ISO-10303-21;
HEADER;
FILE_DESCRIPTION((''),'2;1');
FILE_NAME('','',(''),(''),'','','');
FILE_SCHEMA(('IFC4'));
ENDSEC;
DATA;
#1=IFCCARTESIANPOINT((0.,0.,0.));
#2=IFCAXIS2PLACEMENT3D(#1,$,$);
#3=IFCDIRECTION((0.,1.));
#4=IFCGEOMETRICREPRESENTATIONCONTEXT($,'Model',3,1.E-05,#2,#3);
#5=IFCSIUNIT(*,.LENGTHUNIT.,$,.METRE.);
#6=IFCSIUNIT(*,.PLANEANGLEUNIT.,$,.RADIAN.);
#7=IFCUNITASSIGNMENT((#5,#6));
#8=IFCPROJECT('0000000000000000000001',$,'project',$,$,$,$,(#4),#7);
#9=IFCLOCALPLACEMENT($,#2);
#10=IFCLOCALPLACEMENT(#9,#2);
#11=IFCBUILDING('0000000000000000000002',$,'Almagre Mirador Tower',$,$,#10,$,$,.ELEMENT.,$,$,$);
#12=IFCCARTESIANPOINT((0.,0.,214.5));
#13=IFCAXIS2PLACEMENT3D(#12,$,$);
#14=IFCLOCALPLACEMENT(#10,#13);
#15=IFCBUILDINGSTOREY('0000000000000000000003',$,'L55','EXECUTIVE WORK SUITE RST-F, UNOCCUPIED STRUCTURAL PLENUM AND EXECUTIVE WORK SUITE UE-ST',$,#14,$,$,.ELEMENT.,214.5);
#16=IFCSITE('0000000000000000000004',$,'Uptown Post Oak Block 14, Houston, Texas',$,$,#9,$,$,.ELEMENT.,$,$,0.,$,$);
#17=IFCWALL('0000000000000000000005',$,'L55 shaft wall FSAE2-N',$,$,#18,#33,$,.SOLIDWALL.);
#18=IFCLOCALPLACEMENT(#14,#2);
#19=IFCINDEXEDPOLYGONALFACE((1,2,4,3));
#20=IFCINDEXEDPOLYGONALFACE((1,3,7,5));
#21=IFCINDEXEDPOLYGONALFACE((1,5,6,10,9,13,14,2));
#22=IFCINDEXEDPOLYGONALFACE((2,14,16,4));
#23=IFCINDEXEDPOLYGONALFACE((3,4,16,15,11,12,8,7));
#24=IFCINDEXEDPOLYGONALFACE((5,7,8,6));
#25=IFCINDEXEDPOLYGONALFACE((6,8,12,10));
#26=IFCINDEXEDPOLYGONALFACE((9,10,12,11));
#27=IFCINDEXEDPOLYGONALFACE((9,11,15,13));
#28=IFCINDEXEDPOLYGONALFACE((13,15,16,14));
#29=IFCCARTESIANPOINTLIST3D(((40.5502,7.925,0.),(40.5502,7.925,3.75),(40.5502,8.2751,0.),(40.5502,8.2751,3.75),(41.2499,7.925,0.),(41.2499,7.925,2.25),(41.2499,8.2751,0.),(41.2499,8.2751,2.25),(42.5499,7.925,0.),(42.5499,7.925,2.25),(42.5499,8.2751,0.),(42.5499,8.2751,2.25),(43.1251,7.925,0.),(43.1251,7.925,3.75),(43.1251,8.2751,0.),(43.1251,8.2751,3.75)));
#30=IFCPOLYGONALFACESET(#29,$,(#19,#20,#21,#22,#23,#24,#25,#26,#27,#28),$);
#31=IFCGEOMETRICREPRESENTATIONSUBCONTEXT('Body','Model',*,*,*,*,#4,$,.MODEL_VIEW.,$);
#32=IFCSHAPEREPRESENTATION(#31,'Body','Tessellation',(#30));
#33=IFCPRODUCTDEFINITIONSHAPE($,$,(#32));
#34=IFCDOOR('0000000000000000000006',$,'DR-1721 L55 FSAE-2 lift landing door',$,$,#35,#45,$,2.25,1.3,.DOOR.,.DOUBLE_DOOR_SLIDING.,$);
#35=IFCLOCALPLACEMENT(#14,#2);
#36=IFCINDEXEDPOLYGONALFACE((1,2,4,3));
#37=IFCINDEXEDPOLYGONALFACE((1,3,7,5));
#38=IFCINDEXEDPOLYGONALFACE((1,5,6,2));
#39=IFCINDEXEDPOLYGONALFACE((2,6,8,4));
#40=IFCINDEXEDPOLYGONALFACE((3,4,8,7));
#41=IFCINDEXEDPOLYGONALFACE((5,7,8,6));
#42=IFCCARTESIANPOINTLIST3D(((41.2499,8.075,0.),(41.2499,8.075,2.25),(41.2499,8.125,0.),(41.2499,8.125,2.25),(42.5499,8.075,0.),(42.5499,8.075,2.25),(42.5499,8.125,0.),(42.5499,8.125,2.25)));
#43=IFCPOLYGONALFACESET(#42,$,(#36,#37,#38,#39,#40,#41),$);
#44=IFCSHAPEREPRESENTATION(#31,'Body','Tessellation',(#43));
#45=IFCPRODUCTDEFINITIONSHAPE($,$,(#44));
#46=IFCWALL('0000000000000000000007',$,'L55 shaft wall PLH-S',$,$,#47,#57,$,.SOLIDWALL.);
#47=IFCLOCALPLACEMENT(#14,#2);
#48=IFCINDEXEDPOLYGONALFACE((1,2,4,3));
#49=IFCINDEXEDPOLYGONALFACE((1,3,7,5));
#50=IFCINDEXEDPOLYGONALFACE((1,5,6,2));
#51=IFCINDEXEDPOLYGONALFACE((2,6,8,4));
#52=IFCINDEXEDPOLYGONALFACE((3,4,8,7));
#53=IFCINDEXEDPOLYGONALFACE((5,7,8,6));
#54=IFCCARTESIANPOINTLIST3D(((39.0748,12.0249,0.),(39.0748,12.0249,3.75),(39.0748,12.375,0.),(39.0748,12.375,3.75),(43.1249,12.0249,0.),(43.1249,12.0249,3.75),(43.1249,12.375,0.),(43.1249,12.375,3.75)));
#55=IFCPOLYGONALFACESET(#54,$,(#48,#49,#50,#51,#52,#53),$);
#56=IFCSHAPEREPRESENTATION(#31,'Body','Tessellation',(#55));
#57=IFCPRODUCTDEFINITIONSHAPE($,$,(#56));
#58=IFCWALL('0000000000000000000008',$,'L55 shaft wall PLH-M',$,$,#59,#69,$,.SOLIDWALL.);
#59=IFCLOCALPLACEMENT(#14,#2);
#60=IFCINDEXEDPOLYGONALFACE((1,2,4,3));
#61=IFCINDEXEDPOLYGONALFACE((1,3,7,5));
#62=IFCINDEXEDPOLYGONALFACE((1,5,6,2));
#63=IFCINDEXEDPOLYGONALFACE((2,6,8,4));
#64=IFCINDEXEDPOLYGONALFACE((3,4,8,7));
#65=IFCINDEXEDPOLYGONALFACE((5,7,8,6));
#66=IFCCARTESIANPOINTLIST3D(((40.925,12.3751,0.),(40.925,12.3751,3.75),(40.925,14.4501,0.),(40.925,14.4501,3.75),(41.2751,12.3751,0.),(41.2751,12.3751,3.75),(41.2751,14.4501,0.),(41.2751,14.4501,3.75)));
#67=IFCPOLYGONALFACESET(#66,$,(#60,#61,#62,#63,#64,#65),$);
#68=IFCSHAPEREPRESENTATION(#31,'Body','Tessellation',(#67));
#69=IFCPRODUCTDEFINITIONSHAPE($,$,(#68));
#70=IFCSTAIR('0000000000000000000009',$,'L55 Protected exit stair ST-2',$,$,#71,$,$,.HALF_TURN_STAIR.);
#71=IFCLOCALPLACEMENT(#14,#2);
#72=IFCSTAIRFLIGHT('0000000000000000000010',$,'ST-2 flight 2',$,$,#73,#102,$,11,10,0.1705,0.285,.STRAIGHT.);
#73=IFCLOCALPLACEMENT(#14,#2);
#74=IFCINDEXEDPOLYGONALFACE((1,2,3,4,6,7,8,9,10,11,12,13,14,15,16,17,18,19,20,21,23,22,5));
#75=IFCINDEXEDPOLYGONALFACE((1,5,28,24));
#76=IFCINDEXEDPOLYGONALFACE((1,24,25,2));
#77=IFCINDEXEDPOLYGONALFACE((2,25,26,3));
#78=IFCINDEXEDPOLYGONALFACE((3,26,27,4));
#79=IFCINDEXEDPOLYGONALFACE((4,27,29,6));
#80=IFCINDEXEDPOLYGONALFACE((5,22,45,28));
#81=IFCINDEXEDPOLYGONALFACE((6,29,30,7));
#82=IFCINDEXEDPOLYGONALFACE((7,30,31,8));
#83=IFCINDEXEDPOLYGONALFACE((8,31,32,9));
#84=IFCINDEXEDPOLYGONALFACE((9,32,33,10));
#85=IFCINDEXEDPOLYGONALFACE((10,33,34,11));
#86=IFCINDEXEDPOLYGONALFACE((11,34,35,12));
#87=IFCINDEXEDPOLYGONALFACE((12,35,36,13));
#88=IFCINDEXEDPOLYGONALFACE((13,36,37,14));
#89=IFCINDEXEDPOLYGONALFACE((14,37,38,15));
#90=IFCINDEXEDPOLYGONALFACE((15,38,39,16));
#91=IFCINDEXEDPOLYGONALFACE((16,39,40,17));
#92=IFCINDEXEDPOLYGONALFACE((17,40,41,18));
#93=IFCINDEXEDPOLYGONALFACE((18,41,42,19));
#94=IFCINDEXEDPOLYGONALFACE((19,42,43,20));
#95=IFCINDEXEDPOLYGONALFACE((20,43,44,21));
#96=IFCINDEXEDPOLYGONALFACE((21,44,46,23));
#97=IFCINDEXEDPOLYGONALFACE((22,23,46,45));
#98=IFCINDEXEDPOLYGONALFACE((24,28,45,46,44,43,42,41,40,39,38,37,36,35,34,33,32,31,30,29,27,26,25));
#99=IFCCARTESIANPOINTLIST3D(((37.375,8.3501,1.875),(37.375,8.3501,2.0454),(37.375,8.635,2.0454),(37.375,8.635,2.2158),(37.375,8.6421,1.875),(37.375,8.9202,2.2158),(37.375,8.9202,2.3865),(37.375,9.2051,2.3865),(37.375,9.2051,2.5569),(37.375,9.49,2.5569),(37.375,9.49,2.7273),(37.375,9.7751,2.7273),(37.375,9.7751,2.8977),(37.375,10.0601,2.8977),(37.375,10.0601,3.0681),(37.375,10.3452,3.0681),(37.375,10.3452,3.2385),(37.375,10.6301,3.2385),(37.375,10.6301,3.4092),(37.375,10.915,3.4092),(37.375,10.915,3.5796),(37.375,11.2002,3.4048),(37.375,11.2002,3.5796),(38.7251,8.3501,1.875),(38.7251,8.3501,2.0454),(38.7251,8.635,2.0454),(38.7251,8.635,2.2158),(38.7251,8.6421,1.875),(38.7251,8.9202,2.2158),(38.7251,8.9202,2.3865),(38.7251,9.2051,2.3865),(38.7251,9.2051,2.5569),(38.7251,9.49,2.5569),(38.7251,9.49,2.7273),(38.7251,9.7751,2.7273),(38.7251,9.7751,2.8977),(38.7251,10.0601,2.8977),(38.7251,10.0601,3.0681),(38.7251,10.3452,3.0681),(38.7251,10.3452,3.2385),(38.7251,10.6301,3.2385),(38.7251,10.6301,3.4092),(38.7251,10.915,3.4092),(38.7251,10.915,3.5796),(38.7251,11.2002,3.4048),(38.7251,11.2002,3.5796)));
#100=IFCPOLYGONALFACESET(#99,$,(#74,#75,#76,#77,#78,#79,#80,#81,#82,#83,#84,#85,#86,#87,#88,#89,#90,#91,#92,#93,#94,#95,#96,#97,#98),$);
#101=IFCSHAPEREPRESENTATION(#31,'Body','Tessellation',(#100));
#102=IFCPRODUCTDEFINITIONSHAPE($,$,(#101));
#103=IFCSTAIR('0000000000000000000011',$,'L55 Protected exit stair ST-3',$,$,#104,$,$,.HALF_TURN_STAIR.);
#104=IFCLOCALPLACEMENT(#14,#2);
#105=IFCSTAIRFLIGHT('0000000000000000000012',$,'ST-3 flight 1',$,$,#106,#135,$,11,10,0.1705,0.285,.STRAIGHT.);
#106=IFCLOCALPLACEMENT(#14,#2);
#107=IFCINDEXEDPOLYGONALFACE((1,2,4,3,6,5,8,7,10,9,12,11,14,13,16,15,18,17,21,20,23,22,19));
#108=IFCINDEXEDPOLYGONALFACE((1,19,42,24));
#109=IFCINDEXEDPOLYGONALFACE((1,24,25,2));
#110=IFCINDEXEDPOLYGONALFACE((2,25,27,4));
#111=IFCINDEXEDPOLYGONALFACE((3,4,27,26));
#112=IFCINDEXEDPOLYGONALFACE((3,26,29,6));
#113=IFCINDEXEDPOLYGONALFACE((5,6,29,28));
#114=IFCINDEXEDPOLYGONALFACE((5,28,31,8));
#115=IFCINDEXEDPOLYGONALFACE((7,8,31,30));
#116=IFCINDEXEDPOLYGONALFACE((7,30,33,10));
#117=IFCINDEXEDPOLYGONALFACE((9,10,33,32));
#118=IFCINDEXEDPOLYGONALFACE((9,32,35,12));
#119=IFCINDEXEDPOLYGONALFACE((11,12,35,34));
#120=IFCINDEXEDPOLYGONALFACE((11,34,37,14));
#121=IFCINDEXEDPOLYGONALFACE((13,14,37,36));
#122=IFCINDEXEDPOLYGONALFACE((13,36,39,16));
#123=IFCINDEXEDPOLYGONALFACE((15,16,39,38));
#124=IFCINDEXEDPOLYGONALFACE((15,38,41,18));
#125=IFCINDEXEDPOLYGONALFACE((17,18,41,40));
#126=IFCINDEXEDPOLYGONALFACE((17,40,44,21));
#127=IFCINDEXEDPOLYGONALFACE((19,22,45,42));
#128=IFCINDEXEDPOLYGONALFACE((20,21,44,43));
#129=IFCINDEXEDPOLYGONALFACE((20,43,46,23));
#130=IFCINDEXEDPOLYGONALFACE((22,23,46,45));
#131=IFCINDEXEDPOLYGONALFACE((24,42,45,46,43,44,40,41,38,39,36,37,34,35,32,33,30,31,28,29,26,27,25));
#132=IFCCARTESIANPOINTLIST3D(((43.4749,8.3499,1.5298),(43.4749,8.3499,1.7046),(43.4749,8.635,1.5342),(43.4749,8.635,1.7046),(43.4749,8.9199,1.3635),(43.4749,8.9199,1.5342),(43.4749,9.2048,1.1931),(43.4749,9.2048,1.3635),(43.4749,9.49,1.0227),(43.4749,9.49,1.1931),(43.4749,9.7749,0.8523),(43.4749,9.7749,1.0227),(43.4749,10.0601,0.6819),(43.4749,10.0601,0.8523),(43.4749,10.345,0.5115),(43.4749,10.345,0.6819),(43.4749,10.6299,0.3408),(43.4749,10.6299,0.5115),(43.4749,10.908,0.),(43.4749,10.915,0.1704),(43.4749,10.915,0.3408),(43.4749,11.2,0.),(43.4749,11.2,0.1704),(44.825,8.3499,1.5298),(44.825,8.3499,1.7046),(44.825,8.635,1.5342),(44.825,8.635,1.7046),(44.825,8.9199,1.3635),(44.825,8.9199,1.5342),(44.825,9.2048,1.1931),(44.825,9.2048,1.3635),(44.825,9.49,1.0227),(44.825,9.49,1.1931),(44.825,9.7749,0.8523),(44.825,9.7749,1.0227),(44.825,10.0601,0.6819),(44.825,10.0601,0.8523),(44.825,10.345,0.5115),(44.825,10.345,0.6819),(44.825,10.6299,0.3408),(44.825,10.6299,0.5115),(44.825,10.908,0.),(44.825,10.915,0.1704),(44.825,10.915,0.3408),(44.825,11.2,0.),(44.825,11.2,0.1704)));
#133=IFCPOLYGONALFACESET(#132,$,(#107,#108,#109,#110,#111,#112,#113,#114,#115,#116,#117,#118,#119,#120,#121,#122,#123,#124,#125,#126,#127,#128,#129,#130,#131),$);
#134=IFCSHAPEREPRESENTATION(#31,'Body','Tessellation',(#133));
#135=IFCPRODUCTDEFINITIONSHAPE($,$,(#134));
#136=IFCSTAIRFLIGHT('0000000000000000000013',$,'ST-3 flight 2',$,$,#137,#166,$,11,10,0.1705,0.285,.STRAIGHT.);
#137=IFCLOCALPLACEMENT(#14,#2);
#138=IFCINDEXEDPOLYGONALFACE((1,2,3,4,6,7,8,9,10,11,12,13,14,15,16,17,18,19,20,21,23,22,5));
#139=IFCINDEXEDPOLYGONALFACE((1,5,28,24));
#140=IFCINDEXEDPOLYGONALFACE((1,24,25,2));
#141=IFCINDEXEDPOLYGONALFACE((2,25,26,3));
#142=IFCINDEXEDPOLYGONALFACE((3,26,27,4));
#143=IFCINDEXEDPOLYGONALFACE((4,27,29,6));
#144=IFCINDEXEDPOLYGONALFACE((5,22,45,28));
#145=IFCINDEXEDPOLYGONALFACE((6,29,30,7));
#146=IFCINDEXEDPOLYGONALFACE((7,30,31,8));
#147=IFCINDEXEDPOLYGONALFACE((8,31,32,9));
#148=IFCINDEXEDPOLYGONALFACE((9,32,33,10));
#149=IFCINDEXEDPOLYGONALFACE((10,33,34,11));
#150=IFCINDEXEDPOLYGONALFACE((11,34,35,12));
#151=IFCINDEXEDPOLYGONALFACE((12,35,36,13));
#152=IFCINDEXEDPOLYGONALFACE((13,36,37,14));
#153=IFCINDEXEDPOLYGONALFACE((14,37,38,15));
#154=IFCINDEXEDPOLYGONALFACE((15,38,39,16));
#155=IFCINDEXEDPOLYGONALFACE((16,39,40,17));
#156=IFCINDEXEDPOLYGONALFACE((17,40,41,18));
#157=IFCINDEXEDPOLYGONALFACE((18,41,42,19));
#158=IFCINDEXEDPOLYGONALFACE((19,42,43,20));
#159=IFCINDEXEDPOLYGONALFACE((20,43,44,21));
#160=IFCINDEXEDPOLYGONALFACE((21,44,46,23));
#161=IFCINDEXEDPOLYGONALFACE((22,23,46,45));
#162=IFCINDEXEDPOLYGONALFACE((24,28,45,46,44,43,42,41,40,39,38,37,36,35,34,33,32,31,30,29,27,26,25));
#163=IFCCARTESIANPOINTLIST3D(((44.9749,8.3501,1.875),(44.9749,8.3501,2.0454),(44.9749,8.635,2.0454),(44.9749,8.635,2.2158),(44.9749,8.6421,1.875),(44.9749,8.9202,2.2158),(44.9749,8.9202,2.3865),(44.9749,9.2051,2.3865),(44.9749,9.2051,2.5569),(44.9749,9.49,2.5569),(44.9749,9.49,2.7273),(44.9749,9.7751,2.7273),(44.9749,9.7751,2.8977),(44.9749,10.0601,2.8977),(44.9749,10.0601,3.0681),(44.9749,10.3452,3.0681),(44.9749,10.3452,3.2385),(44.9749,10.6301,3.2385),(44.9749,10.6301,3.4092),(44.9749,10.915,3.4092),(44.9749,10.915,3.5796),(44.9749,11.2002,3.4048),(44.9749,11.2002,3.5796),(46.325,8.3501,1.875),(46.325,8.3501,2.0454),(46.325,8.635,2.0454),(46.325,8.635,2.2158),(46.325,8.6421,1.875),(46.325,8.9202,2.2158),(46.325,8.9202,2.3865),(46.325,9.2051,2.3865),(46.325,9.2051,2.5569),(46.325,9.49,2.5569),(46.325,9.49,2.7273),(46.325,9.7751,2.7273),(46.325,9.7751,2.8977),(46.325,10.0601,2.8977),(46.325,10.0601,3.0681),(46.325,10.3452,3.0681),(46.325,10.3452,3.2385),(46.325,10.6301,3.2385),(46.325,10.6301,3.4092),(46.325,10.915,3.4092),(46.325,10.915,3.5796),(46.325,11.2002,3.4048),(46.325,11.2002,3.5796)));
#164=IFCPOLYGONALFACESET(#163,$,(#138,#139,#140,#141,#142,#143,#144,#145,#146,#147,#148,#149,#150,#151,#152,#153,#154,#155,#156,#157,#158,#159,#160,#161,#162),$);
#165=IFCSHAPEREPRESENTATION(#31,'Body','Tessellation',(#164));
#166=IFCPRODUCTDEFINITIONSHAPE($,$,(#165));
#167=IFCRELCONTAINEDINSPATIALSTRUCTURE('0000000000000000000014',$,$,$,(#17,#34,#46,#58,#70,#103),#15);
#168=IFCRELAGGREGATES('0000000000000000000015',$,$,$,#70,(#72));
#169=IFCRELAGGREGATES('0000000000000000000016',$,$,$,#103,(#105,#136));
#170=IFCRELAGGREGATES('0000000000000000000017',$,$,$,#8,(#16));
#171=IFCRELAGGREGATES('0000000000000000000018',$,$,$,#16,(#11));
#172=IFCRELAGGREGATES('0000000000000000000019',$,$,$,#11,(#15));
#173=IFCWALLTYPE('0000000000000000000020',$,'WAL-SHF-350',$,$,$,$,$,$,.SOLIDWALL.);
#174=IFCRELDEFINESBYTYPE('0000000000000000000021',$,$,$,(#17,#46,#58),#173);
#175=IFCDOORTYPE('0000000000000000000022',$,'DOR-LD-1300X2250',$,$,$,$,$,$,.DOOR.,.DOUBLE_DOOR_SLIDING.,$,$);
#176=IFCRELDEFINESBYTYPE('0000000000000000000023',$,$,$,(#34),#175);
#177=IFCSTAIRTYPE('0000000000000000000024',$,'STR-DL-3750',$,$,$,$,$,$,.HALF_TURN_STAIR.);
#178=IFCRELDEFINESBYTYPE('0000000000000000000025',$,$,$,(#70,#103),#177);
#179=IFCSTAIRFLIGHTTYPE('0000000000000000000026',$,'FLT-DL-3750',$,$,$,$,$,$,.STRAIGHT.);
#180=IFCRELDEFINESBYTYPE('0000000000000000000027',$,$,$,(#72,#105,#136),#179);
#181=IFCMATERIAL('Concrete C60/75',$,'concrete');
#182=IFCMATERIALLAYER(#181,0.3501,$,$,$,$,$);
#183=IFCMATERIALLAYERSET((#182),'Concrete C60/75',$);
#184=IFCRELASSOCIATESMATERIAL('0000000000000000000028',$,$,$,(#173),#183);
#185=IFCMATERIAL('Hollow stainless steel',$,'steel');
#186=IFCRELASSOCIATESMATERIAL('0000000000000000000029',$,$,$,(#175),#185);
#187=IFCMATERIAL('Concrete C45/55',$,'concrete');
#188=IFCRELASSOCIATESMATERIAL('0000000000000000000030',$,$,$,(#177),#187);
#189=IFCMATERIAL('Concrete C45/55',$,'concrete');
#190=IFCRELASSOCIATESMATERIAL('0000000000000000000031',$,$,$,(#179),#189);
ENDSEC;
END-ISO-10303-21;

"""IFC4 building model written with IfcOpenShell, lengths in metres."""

from ifc_helpers import new_model, si_unit, direction, frame, frame_2d, origin, place, context, subcontext, project, spatial, polyline, rectangle, outline, extrude, material, layer, layer_set, type_object, element, fill, aggregate, save


model = new_model("IFC4")

# Units and contexts
model_context = context("Model", 3, precision=1e-05, world=origin(), true_north=direction((0.0, 1.0)))
body_context = subcontext(model_context, "Body", "Model", "MODEL_VIEW")
ifc_project = project(units=[si_unit("LENGTHUNIT", "METRE"), si_unit("PLANEANGLEUNIT", "RADIAN")], contexts=[model_context])

# Site, building, storey
site_placement = place(None, origin())
site = spatial("IfcSite", under=ifc_project, at=site_placement, Name="Uptown Post Oak Block 14, Houston, Texas", CompositionType="ELEMENT", RefElevation=0.0)
building_placement = place(site_placement, origin())
building = spatial("IfcBuilding", under=site, at=building_placement, Name="Almagre Mirador Tower", CompositionType="ELEMENT")
storey_placement = place(building_placement, frame((0.0, 0.0, 214.5)))
storey = spatial("IfcBuildingStorey", under=building, at=storey_placement, Name="L55", Description="EXECUTIVE WORK SUITE RST-F, UNOCCUPIED STRUCTURAL PLENUM AND EXECUTIVE WORK SUITE UE-ST", CompositionType="ELEMENT", Elevation=214.5)

# Wall, opening, door
ifc_material_1 = material(Name="Concrete C60/75", Category="concrete")
ifc_layer = layer(ifc_material_1, 0.3501)
ifc_layer_set = layer_set([ifc_layer], Name="Concrete C60/75")
wall_type = type_object("IfcWallType", Name="WAL-SHF-350", PredefinedType="SOLIDWALL", material=ifc_layer_set)
wall_1_placement = place(storey_placement, frame((40.55, 8.1001, 0.0), z_axis=(0.0, 0.0, 1.0), x_axis=(1.0, 0.0, 0.0)))
wall_1 = element("IfcWall", 1, at=wall_1_placement, inside=storey, type_object=wall_type, Name="L55 shaft wall FSAE2-N", PredefinedType="SOLIDWALL", context=body_context, shape_type="SweptSolid", body=[
    extrude(rectangle(XDim=2.575, YDim=0.3501, at=frame_2d((1.2876, 0.0))), origin(), (0.0, 0.0, 1.0), 3.75),
])
opening_placement = place(wall_1_placement, frame((0.7, 0.0, 0.0)))
opening = element("IfcOpeningElement", 2, at=opening_placement, cuts=wall_1, PredefinedType="OPENING", context=body_context, shape_type="SweptSolid", body=[
    extrude(rectangle(XDim=1.3, YDim=2.25, at=frame_2d((0.6499, 1.125))), frame((0.0, 0.185, 0.0), z_axis=(0.0, -1.0, 0.0), x_axis=(1.0, 0.0, 0.0)), (0.0, 0.0, 1.0), 0.3701),
])
ifc_material_2 = material(Name="Hollow stainless steel", Category="steel")
door_type = type_object("IfcDoorType", Name="DOR-LD-1300X2250", OperationType="DOUBLE_DOOR_SLIDING", PredefinedType="DOOR", material=ifc_material_2)
door_placement = place(opening_placement, origin())
door = element("IfcDoor", 3, at=door_placement, inside=storey, type_object=door_type, Name="DR-1721 L55 FSAE-2 lift landing door", OperationType="DOUBLE_DOOR_SLIDING", OverallHeight=2.25, OverallWidth=1.3, PredefinedType="DOOR", context=body_context, shape_type="SweptSolid", body=[
    extrude(rectangle(XDim=1.3, YDim=2.25, at=frame_2d((0.6499, 1.125))), frame((0.0, 0.0249, 0.0), z_axis=(0.0, -1.0, 0.0), x_axis=(1.0, 0.0, 0.0)), (0.0, 0.0, 1.0), 0.05),
])
fill(opening, door)

# Walls
wall_2_placement = place(storey_placement, frame((39.075, 12.2, 0.0), z_axis=(0.0, 0.0, 1.0), x_axis=(1.0, 0.0, 0.0)))
element("IfcWall", 4, at=wall_2_placement, inside=storey, type_object=wall_type, Name="L55 shaft wall PLH-S", PredefinedType="SOLIDWALL", context=body_context, shape_type="SweptSolid", body=[
    extrude(rectangle(XDim=4.05, YDim=0.3501, at=frame_2d((2.0249, 0.0))), origin(), (0.0, 0.0, 1.0), 3.75),
])
wall_3_placement = place(storey_placement, frame((41.1001, 12.375, 0.0), z_axis=(0.0, 0.0, 1.0), x_axis=(0.0, 1.0, 0.0)))
element("IfcWall", 5, at=wall_3_placement, inside=storey, type_object=wall_type, Name="L55 shaft wall PLH-M", PredefinedType="SOLIDWALL", context=body_context, shape_type="SweptSolid", body=[
    extrude(rectangle(XDim=2.075, YDim=0.3501, at=frame_2d((1.0376, 0.0))), origin(), (0.0, 0.0, 1.0), 3.75),
])

# Stair, stair flight
ifc_material_3 = material(Name="Concrete C45/55", Category="concrete")
stair_type = type_object("IfcStairType", Name="STR-DL-3750", PredefinedType="HALF_TURN_STAIR", material=ifc_material_3)
stair_1_placement = place(storey_placement, origin())
stair_1 = element("IfcStair", 6, at=stair_1_placement, inside=storey, type_object=stair_type, Name="L55 Protected exit stair ST-2", PredefinedType="HALF_TURN_STAIR")
ifc_material_4 = material(Name="Concrete C45/55", Category="concrete")
stair_flight_type = type_object("IfcStairFlightType", Name="FLT-DL-3750", PredefinedType="STRAIGHT", material=ifc_material_4)
stair_flight_1_placement = place(storey_placement, frame((38.05, 8.3501, 1.875), z_axis=(0.0, 0.0, 1.0), x_axis=(0.0, 1.0, 0.0)))
stair_flight_1 = element("IfcStairFlight", 7, at=stair_flight_1_placement, type_object=stair_flight_type, Name="ST-2 flight 2", NumberOfRisers=11, NumberOfTreads=10, PredefinedType="STRAIGHT", RiserHeight=0.1705, TreadLength=0.285, context=body_context, shape_type="SweptSolid", body=[
    extrude(outline(polyline([(0.0, 0.0), (0.0, 0.1704), (0.2849, 0.1704), (0.2849, 0.3408), (0.5701, 0.3408), (0.5701, 0.5115), (0.855, 0.5115), (0.855, 0.6819), (1.1399, 0.6819), (1.1399, 0.8523), (1.425, 0.8523), (1.425, 1.0227), (1.71, 1.0227), (1.71, 1.1931), (1.9951, 1.1931), (1.9951, 1.3635), (2.28, 1.3635), (2.28, 1.5342), (2.5649, 1.5342), (2.5649, 1.7046), (2.8501, 1.7046), (2.8501, 1.875), (2.8501, 1.5298), (0.292, 0.0), (0.0, 0.0)])), frame((0.0, 0.675, 0.0), z_axis=(0.0, -1.0, 0.0), x_axis=(1.0, 0.0, 0.0)), (0.0, 0.0, 1.0), 1.3501),
])
aggregate(stair_1, [stair_flight_1])

# Stair, stair flights
stair_2_placement = place(storey_placement, origin())
stair_2 = element("IfcStair", 8, at=stair_2_placement, inside=storey, type_object=stair_type, Name="L55 Protected exit stair ST-3", PredefinedType="HALF_TURN_STAIR")
stair_flight_2_placement = place(storey_placement, frame((44.1499, 11.2, 0.0), z_axis=(0.0, 0.0, 1.0), x_axis=(0.0, -1.0, 0.0)))
stair_flight_2 = element("IfcStairFlight", 9, at=stair_flight_2_placement, type_object=stair_flight_type, Name="ST-3 flight 1", NumberOfRisers=11, NumberOfTreads=10, PredefinedType="STRAIGHT", RiserHeight=0.1705, TreadLength=0.285, context=body_context, shape_type="SweptSolid", body=[
    extrude(outline(polyline([(0.0, 0.0), (0.0, 0.1704), (0.2849, 0.1704), (0.2849, 0.3408), (0.5701, 0.3408), (0.5701, 0.5115), (0.855, 0.5115), (0.855, 0.6819), (1.1399, 0.6819), (1.1399, 0.8523), (1.425, 0.8523), (1.425, 1.0227), (1.71, 1.0227), (1.71, 1.1931), (1.9951, 1.1931), (1.9951, 1.3635), (2.28, 1.3635), (2.28, 1.5342), (2.5649, 1.5342), (2.5649, 1.7046), (2.8501, 1.7046), (2.8501, 1.875), (2.8501, 1.5298), (0.292, 0.0), (0.0, 0.0)])), frame((0.0, 0.675, 0.0), z_axis=(0.0, -1.0, 0.0), x_axis=(1.0, 0.0, 0.0)), (0.0, 0.0, 1.0), 1.3501),
])
stair_flight_3_placement = place(storey_placement, frame((45.6499, 8.3501, 1.875), z_axis=(0.0, 0.0, 1.0), x_axis=(0.0, 1.0, 0.0)))
stair_flight_3 = element("IfcStairFlight", 10, at=stair_flight_3_placement, type_object=stair_flight_type, Name="ST-3 flight 2", NumberOfRisers=11, NumberOfTreads=10, PredefinedType="STRAIGHT", RiserHeight=0.1705, TreadLength=0.285, context=body_context, shape_type="SweptSolid", body=[
    extrude(outline(polyline([(0.0, 0.0), (0.0, 0.1704), (0.2849, 0.1704), (0.2849, 0.3408), (0.5701, 0.3408), (0.5701, 0.5115), (0.855, 0.5115), (0.855, 0.6819), (1.1399, 0.6819), (1.1399, 0.8523), (1.425, 0.8523), (1.425, 1.0227), (1.71, 1.0227), (1.71, 1.1931), (1.9951, 1.1931), (1.9951, 1.3635), (2.28, 1.3635), (2.28, 1.5342), (2.5649, 1.5342), (2.5649, 1.7046), (2.8501, 1.7046), (2.8501, 1.875), (2.8501, 1.5298), (0.292, 0.0), (0.0, 0.0)])), frame((0.0, 0.675, 0.0), z_axis=(0.0, -1.0, 0.0), x_axis=(1.0, 0.0, 0.0)), (0.0, 0.0, 1.0), 1.3501),
])
aggregate(stair_2, [stair_flight_2, stair_flight_3])

save(model, "model.ifc")
